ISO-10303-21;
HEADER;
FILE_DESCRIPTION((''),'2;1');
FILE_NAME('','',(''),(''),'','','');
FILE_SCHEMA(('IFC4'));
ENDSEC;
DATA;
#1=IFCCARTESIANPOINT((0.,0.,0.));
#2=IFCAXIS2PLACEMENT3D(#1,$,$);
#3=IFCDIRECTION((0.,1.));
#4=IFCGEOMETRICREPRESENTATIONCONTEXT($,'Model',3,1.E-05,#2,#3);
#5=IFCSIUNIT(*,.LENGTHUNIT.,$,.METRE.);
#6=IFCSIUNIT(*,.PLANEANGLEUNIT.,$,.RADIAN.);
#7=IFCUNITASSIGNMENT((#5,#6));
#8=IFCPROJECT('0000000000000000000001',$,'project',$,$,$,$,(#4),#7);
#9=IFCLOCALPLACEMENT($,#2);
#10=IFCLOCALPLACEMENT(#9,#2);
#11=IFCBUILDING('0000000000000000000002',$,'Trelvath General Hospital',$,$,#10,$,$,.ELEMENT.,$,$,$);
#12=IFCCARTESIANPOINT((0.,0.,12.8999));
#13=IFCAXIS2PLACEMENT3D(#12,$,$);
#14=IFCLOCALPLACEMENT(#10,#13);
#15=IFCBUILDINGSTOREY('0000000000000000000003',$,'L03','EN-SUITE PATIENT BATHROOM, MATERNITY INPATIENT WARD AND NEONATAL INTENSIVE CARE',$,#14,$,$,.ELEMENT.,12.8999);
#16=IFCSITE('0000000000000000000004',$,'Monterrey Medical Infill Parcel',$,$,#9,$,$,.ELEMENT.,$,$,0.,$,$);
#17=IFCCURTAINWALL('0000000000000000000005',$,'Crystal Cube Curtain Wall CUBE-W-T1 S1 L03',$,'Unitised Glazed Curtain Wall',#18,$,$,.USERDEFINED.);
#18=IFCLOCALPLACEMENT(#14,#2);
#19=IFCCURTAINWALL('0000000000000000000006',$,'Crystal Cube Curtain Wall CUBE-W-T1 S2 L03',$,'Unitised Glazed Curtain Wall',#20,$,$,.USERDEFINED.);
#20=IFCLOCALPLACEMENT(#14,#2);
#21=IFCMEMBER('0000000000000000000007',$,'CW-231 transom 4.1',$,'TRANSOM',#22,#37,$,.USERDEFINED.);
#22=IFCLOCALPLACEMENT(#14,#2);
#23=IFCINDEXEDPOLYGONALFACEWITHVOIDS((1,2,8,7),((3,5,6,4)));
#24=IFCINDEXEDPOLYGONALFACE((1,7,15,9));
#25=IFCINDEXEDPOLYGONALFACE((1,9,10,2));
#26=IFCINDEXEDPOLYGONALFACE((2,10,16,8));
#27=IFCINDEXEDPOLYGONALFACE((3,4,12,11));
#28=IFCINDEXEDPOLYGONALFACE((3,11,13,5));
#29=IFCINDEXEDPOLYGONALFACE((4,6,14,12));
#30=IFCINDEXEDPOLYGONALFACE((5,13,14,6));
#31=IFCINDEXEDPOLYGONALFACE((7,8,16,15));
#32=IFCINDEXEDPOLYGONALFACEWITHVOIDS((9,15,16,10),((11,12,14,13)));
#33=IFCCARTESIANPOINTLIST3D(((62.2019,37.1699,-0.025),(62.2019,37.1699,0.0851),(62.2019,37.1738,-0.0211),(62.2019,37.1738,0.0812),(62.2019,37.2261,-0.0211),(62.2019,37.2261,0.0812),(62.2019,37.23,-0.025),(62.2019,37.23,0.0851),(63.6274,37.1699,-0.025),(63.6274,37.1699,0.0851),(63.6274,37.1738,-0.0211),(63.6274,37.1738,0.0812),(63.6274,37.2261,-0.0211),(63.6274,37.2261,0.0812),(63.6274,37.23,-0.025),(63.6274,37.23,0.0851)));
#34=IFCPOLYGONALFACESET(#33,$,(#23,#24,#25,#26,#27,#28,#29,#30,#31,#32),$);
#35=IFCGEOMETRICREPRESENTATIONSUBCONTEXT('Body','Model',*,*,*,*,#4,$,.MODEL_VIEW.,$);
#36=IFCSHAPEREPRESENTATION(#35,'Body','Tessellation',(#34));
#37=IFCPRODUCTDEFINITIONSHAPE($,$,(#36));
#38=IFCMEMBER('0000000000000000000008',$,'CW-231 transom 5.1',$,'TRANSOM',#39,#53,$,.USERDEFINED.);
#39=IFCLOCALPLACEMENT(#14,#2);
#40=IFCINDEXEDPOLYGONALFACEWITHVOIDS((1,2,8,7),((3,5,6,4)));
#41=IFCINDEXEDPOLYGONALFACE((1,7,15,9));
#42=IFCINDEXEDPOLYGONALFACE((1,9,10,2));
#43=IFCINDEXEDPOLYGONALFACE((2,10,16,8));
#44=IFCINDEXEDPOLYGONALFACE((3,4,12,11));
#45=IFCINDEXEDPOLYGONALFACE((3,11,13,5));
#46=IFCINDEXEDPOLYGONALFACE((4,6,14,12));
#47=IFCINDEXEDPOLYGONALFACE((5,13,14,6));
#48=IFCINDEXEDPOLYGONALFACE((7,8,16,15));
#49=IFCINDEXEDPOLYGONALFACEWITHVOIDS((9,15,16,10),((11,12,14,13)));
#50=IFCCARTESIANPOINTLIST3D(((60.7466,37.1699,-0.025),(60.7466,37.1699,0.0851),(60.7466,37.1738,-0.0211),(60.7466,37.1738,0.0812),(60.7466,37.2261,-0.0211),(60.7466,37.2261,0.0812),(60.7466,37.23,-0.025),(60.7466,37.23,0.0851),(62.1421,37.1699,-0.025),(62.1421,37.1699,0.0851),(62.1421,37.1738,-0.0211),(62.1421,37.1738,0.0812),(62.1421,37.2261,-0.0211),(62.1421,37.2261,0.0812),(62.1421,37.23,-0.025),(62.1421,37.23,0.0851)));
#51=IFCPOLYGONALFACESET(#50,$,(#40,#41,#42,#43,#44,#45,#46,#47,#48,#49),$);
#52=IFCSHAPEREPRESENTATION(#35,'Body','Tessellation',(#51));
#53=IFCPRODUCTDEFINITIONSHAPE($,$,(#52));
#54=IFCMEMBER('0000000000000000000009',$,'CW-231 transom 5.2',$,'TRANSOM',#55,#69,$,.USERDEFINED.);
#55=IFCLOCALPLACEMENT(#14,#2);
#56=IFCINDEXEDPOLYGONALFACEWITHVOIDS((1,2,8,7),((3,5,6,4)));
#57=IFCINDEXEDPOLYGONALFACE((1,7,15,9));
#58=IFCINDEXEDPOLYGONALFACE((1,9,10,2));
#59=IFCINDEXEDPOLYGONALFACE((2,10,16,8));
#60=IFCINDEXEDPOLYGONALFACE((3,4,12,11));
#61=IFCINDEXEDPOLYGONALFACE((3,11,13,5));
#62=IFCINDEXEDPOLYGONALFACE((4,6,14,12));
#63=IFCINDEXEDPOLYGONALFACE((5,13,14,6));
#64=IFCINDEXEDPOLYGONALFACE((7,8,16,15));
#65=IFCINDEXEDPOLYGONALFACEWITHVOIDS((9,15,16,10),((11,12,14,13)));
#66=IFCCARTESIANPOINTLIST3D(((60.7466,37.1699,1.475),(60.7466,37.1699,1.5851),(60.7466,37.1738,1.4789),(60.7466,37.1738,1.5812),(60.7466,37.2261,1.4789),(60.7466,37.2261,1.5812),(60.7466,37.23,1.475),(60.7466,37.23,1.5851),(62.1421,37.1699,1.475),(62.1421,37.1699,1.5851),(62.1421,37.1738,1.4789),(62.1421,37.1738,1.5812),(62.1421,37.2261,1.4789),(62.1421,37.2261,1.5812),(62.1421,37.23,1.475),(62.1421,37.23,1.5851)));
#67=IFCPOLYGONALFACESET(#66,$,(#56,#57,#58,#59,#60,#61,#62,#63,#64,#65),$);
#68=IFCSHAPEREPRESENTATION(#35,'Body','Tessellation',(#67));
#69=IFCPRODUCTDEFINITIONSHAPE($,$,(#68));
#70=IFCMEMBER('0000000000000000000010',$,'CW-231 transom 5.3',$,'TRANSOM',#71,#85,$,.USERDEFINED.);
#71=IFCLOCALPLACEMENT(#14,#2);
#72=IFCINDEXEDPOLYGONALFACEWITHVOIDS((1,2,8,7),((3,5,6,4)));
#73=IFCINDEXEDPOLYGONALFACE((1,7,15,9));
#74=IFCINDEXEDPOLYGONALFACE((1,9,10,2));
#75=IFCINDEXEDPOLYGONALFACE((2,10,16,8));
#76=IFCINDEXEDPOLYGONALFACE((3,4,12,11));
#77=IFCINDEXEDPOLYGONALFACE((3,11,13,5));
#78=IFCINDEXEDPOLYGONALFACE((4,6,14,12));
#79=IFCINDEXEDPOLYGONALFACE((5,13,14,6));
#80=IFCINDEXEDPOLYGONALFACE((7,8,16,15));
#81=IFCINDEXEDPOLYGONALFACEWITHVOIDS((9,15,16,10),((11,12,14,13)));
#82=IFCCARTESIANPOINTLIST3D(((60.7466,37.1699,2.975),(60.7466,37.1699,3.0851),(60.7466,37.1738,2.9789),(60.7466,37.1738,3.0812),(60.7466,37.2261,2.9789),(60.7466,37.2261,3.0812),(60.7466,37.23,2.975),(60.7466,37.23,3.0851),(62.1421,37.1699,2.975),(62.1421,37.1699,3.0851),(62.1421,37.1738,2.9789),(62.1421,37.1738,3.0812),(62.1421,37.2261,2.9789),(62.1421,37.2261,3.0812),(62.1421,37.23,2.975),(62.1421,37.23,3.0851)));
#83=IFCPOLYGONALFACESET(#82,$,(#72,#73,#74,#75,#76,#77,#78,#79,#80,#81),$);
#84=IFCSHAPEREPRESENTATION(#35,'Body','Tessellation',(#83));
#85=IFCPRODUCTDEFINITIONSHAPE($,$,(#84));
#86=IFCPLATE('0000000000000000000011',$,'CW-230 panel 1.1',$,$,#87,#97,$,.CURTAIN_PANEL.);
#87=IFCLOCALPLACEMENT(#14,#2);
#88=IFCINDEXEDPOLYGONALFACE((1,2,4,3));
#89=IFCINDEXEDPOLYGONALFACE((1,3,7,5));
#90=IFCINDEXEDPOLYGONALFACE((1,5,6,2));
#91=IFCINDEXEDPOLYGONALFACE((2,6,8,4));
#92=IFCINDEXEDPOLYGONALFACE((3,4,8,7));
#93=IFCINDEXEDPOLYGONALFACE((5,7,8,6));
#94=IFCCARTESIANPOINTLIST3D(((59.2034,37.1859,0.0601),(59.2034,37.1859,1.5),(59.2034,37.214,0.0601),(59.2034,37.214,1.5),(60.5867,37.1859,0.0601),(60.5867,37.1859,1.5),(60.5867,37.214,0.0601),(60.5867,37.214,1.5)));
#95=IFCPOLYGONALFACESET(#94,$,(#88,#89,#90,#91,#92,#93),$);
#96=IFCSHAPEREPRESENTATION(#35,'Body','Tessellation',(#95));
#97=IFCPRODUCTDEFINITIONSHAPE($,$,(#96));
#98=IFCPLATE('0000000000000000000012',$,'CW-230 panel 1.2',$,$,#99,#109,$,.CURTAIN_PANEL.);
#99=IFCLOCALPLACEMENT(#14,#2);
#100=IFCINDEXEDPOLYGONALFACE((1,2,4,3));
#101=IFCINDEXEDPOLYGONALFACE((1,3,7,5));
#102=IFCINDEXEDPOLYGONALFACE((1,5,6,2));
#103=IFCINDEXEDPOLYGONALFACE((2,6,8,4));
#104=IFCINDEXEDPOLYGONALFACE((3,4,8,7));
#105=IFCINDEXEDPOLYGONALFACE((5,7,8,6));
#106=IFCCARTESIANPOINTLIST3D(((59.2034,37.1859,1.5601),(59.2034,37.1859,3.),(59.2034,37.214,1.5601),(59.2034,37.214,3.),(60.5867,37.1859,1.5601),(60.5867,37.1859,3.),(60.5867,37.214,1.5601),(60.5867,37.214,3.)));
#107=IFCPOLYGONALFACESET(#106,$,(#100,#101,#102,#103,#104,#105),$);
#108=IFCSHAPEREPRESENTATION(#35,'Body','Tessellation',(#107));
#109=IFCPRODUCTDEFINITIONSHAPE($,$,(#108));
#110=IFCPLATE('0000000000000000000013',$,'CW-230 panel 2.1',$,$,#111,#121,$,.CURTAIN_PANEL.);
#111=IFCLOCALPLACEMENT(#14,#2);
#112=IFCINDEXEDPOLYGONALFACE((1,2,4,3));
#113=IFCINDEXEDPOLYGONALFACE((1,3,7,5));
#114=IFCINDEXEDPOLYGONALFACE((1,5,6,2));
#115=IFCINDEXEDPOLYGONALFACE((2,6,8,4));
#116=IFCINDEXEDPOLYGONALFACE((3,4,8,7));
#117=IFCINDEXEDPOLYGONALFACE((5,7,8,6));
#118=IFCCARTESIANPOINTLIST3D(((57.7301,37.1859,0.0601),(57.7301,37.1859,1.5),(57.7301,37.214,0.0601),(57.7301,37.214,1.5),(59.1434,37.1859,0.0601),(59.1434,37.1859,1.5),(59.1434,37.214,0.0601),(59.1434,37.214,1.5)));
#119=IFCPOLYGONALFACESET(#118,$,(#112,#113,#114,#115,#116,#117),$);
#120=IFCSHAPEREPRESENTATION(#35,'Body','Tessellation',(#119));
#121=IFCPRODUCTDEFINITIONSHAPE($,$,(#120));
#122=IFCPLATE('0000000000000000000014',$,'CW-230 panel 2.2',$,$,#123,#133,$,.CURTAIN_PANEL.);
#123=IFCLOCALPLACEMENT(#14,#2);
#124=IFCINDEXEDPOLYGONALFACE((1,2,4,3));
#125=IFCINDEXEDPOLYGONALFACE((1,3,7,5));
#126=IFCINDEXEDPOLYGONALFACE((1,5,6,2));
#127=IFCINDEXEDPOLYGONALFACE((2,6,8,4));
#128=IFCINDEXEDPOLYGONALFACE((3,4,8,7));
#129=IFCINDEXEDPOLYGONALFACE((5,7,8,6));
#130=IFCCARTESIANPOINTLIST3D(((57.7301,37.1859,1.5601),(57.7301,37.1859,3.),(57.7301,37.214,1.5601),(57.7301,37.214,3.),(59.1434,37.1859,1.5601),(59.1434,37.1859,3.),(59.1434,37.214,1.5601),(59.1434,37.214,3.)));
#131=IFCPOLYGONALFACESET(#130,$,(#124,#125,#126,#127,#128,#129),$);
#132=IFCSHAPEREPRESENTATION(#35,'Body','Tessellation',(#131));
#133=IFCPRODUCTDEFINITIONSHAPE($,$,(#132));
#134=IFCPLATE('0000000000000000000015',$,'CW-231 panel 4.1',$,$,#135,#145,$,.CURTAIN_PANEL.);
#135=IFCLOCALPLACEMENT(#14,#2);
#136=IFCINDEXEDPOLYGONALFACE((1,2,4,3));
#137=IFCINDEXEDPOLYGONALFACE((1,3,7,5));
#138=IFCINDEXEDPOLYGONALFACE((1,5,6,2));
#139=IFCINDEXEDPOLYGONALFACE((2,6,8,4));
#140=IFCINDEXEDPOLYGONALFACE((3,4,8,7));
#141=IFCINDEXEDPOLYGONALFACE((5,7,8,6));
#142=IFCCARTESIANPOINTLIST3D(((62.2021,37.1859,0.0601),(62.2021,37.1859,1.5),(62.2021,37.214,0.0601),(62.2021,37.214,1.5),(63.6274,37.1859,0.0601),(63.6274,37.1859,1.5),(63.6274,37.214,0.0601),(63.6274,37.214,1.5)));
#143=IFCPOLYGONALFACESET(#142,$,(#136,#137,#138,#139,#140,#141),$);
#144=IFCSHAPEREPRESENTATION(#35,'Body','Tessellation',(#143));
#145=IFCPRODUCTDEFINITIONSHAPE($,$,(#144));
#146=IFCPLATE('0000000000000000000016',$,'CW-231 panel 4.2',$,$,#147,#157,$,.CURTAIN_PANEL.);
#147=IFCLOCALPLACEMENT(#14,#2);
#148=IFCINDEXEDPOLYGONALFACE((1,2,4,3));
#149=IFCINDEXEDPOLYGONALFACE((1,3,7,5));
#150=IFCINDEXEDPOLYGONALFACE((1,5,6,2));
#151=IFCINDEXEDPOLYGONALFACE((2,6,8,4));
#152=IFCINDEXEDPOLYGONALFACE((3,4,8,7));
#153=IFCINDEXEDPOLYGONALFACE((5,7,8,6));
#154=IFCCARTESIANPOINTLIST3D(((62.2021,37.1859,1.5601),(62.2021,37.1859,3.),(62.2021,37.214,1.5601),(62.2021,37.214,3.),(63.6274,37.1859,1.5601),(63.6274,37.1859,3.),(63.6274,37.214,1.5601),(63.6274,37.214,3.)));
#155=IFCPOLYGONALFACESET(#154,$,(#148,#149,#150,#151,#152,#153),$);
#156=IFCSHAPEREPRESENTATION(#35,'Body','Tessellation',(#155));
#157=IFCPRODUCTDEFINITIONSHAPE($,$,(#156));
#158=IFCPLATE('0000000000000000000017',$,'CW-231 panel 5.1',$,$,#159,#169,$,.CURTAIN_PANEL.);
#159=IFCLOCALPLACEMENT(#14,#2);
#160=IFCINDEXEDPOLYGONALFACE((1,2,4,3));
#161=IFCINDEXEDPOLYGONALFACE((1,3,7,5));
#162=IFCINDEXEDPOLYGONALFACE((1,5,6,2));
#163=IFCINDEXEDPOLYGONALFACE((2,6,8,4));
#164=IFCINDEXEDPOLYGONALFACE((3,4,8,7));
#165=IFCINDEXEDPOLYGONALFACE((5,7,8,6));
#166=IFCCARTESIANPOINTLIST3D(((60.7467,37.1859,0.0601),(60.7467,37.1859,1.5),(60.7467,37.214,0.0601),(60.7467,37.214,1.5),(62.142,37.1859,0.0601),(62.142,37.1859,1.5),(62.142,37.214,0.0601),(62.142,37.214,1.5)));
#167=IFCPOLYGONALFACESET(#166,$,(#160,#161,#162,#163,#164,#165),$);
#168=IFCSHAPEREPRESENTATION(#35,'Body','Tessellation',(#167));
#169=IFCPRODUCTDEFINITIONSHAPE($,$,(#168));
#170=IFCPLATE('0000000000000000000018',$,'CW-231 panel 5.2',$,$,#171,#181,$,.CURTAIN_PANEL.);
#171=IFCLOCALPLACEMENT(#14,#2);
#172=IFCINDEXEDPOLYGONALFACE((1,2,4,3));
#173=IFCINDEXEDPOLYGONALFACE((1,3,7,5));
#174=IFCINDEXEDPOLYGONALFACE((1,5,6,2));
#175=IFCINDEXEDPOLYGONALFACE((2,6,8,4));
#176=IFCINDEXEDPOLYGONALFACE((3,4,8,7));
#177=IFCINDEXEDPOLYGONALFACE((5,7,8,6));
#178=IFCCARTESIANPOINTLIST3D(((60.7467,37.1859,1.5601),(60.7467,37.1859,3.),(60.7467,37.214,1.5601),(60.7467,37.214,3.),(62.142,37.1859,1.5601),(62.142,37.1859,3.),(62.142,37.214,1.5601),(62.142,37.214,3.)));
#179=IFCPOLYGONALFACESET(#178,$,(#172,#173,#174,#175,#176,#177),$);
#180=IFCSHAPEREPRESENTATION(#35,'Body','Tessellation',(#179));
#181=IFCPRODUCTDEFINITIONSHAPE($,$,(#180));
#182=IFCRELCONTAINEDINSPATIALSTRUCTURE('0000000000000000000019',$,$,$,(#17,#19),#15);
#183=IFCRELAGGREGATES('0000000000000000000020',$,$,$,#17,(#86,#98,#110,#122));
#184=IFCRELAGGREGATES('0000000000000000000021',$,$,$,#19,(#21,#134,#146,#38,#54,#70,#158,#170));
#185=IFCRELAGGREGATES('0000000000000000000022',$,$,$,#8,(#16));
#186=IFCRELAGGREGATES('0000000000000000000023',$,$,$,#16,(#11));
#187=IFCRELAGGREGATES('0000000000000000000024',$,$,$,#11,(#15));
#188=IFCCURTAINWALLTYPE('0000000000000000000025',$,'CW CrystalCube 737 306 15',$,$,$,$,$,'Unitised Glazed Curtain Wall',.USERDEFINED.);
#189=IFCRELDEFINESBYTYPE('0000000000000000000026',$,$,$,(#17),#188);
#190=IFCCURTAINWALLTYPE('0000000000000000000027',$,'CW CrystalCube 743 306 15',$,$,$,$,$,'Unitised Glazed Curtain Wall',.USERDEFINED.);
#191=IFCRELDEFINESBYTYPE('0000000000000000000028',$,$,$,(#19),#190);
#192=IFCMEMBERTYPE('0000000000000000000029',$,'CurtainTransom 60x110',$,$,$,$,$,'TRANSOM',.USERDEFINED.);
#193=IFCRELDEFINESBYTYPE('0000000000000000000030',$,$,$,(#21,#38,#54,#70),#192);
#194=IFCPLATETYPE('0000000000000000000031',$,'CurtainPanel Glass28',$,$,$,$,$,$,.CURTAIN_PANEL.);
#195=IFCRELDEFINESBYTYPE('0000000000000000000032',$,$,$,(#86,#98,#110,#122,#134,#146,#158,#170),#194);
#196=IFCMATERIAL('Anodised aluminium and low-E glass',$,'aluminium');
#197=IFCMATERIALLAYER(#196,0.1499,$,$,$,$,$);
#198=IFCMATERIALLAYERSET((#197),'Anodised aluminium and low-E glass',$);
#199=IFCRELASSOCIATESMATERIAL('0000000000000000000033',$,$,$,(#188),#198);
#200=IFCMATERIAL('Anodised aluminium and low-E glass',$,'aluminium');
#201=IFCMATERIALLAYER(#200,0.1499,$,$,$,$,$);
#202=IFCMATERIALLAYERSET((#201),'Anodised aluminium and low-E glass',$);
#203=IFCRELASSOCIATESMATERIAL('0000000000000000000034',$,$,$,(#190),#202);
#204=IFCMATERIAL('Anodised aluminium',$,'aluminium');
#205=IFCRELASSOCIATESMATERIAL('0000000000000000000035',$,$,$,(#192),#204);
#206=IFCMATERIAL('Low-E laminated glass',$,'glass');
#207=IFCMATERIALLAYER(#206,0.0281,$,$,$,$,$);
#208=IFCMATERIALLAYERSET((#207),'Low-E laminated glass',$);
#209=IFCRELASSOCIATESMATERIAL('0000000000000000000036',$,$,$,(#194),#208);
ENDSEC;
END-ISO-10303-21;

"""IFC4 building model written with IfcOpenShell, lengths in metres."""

from ifc_helpers import new_model, si_unit, direction, frame, origin, origin_2d, place, context, subcontext, project, spatial, rectangle, hollow_rectangle, extrude, material, layer, layer_set, material_profile, profile_set, type_object, element, aggregate, save


model = new_model("IFC4")

# Units and contexts
model_context = context("Model", 3, precision=1e-05, world=origin(), true_north=direction((0.0, 1.0)))
body_context = subcontext(model_context, "Body", "Model", "MODEL_VIEW")
ifc_project = project(units=[si_unit("LENGTHUNIT", "METRE"), si_unit("PLANEANGLEUNIT", "RADIAN")], contexts=[model_context])

# Site, building, storey
site_placement = place(None, origin())
site = spatial("IfcSite", under=ifc_project, at=site_placement, Name="Monterrey Medical Infill Parcel", CompositionType="ELEMENT", RefElevation=0.0)
building_placement = place(site_placement, origin())
building = spatial("IfcBuilding", under=site, at=building_placement, Name="Trelvath General Hospital", CompositionType="ELEMENT")
storey_placement = place(building_placement, frame((0.0, 0.0, 12.8999)))
storey = spatial("IfcBuildingStorey", under=building, at=storey_placement, Name="L03", Description="EN-SUITE PATIENT BATHROOM, MATERNITY INPATIENT WARD AND NEONATAL INTENSIVE CARE", CompositionType="ELEMENT", Elevation=12.8999)

# Curtain walls
ifc_material_1 = material(Name="Anodised aluminium and low-E glass", Category="aluminium")
ifc_layer_1 = layer(ifc_material_1, 0.1499)
ifc_layer_set_1 = layer_set([ifc_layer_1], Name="Anodised aluminium and low-E glass")
curtain_wall_type_1 = type_object("IfcCurtainWallType", Name="CW CrystalCube 737 306 15", ElementType="Unitised Glazed Curtain Wall", PredefinedType="USERDEFINED", material=ifc_layer_set_1)
curtain_wall_1_placement = place(storey_placement, origin())
curtain_wall_1 = element("IfcCurtainWall", 1, at=curtain_wall_1_placement, inside=storey, type_object=curtain_wall_type_1, Name="Crystal Cube Curtain Wall CUBE-W-T1 S1 L03", ObjectType="Unitised Glazed Curtain Wall", PredefinedType="USERDEFINED")
ifc_material_2 = material(Name="Anodised aluminium and low-E glass", Category="aluminium")
ifc_layer_2 = layer(ifc_material_2, 0.1499)
ifc_layer_set_2 = layer_set([ifc_layer_2], Name="Anodised aluminium and low-E glass")
curtain_wall_type_2 = type_object("IfcCurtainWallType", Name="CW CrystalCube 743 306 15", ElementType="Unitised Glazed Curtain Wall", PredefinedType="USERDEFINED", material=ifc_layer_set_2)
curtain_wall_2_placement = place(storey_placement, origin())
curtain_wall_2 = element("IfcCurtainWall", 2, at=curtain_wall_2_placement, inside=storey, type_object=curtain_wall_type_2, Name="Crystal Cube Curtain Wall CUBE-W-T1 S2 L03", ObjectType="Unitised Glazed Curtain Wall", PredefinedType="USERDEFINED")

# Members
ifc_material_3 = material(Name="Anodised aluminium", Category="aluminium")
ifc_material_profile_1 = material_profile(ifc_material_3, hollow_rectangle(XDim=0.0601, YDim=0.1101, WallThickness=0.0039, at=origin_2d()), Name="RHS60x110x4")
ifc_profile_set_1 = profile_set([ifc_material_profile_1], Name="Anodised aluminium")
member_type_1 = type_object("IfcMemberType", Name="CurtainTransom 60x110", ElementType="TRANSOM", PredefinedType="USERDEFINED", material=ifc_profile_set_1)
member_1_placement = place(storey_placement, frame((63.6274, 37.2, 0.03), z_axis=(-1.0, 0.0, 0.0), x_axis=(0.0, -1.0, 0.0)))
member_1 = element("IfcMember", 3, at=member_1_placement, type_object=member_type_1, Name="CW-231 transom 4.1", ObjectType="TRANSOM", PredefinedType="USERDEFINED", context=body_context, shape_type="SweptSolid", body=[
    extrude(hollow_rectangle(XDim=0.0601, YDim=0.1101, WallThickness=0.0039, at=origin_2d()), origin(), (0.0, 0.0, 1.0), 1.4255),
])
member_2_placement = place(storey_placement, frame((62.1421, 37.2, 0.03), z_axis=(-1.0, 0.0, 0.0), x_axis=(0.0, -1.0, 0.0)))
member_2 = element("IfcMember", 4, at=member_2_placement, type_object=member_type_1, Name="CW-231 transom 5.1", ObjectType="TRANSOM", PredefinedType="USERDEFINED", context=body_context, shape_type="SweptSolid", body=[
    extrude(hollow_rectangle(XDim=0.0601, YDim=0.1101, WallThickness=0.0039, at=origin_2d()), origin(), (0.0, 0.0, 1.0), 1.3955),
])
member_3_placement = place(storey_placement, frame((62.1421, 37.2, 1.53), z_axis=(-1.0, 0.0, 0.0), x_axis=(0.0, -1.0, 0.0)))
member_3 = element("IfcMember", 5, at=member_3_placement, type_object=member_type_1, Name="CW-231 transom 5.2", ObjectType="TRANSOM", PredefinedType="USERDEFINED", context=body_context, shape_type="SweptSolid", body=[
    extrude(hollow_rectangle(XDim=0.0601, YDim=0.1101, WallThickness=0.0039, at=origin_2d()), origin(), (0.0, 0.0, 1.0), 1.3955),
])
member_4_placement = place(storey_placement, frame((62.1421, 37.2, 3.03), z_axis=(-1.0, 0.0, 0.0), x_axis=(0.0, -1.0, 0.0)))
member_4 = element("IfcMember", 6, at=member_4_placement, type_object=member_type_1, Name="CW-231 transom 5.3", ObjectType="TRANSOM", PredefinedType="USERDEFINED", context=body_context, shape_type="SweptSolid", body=[
    extrude(hollow_rectangle(XDim=0.0601, YDim=0.1101, WallThickness=0.0039, at=origin_2d()), origin(), (0.0, 0.0, 1.0), 1.3955),
])

# Plates
ifc_material_4 = material(Name="Low-E laminated glass", Category="glass")
ifc_layer_3 = layer(ifc_material_4, 0.0281)
ifc_layer_set_3 = layer_set([ifc_layer_3], Name="Low-E laminated glass")
plate_type = type_object("IfcPlateType", Name="CurtainPanel Glass28", PredefinedType="CURTAIN_PANEL", material=ifc_layer_set_3)
plate_1_placement = place(storey_placement, frame((59.895, 37.2, 0.0601), z_axis=(0.0, 0.0, 1.0), x_axis=(-1.0, 0.0, 0.0)))
plate_1 = element("IfcPlate", 7, at=plate_1_placement, type_object=plate_type, Name="CW-230 panel 1.1", PredefinedType="CURTAIN_PANEL", context=body_context, shape_type="SweptSolid", body=[
    extrude(rectangle(XDim=1.3833, YDim=0.0281, at=origin_2d()), origin(), (0.0, 0.0, 1.0), 1.4399),
])
plate_2_placement = place(storey_placement, frame((59.895, 37.2, 1.5601), z_axis=(0.0, 0.0, 1.0), x_axis=(-1.0, 0.0, 0.0)))
plate_2 = element("IfcPlate", 8, at=plate_2_placement, type_object=plate_type, Name="CW-230 panel 1.2", PredefinedType="CURTAIN_PANEL", context=body_context, shape_type="SweptSolid", body=[
    extrude(rectangle(XDim=1.3833, YDim=0.0281, at=origin_2d()), origin(), (0.0, 0.0, 1.0), 1.4399),
])
plate_3_placement = place(storey_placement, frame((58.4368, 37.2, 0.0601), z_axis=(0.0, 0.0, 1.0), x_axis=(-1.0, 0.0, 0.0)))
plate_3 = element("IfcPlate", 9, at=plate_3_placement, type_object=plate_type, Name="CW-230 panel 2.1", PredefinedType="CURTAIN_PANEL", context=body_context, shape_type="SweptSolid", body=[
    extrude(rectangle(XDim=1.4133, YDim=0.0281, at=origin_2d()), origin(), (0.0, 0.0, 1.0), 1.4399),
])
plate_4_placement = place(storey_placement, frame((58.4368, 37.2, 1.5601), z_axis=(0.0, 0.0, 1.0), x_axis=(-1.0, 0.0, 0.0)))
plate_4 = element("IfcPlate", 10, at=plate_4_placement, type_object=plate_type, Name="CW-230 panel 2.2", PredefinedType="CURTAIN_PANEL", context=body_context, shape_type="SweptSolid", body=[
    extrude(rectangle(XDim=1.4133, YDim=0.0281, at=origin_2d()), origin(), (0.0, 0.0, 1.0), 1.4399),
])
aggregate(curtain_wall_1, [plate_1, plate_2, plate_3, plate_4])
plate_5_placement = place(storey_placement, frame((62.9148, 37.2, 0.0601), z_axis=(0.0, 0.0, 1.0), x_axis=(-1.0, 0.0, 0.0)))
plate_5 = element("IfcPlate", 11, at=plate_5_placement, type_object=plate_type, Name="CW-231 panel 4.1", PredefinedType="CURTAIN_PANEL", context=body_context, shape_type="SweptSolid", body=[
    extrude(rectangle(XDim=1.4253, YDim=0.0281, at=origin_2d()), origin(), (0.0, 0.0, 1.0), 1.4399),
])
plate_6_placement = place(storey_placement, frame((62.9148, 37.2, 1.5601), z_axis=(0.0, 0.0, 1.0), x_axis=(-1.0, 0.0, 0.0)))
plate_6 = element("IfcPlate", 12, at=plate_6_placement, type_object=plate_type, Name="CW-231 panel 4.2", PredefinedType="CURTAIN_PANEL", context=body_context, shape_type="SweptSolid", body=[
    extrude(rectangle(XDim=1.4253, YDim=0.0281, at=origin_2d()), origin(), (0.0, 0.0, 1.0), 1.4399),
])
plate_7_placement = place(storey_placement, frame((61.4443, 37.2, 0.0601), z_axis=(0.0, 0.0, 1.0), x_axis=(-1.0, 0.0, 0.0)))
plate_7 = element("IfcPlate", 13, at=plate_7_placement, type_object=plate_type, Name="CW-231 panel 5.1", PredefinedType="CURTAIN_PANEL", context=body_context, shape_type="SweptSolid", body=[
    extrude(rectangle(XDim=1.3953, YDim=0.0281, at=origin_2d()), origin(), (0.0, 0.0, 1.0), 1.4399),
])
plate_8_placement = place(storey_placement, frame((61.4443, 37.2, 1.5601), z_axis=(0.0, 0.0, 1.0), x_axis=(-1.0, 0.0, 0.0)))
plate_8 = element("IfcPlate", 14, at=plate_8_placement, type_object=plate_type, Name="CW-231 panel 5.2", PredefinedType="CURTAIN_PANEL", context=body_context, shape_type="SweptSolid", body=[
    extrude(rectangle(XDim=1.3953, YDim=0.0281, at=origin_2d()), origin(), (0.0, 0.0, 1.0), 1.4399),
])
aggregate(curtain_wall_2, [member_1, plate_5, plate_6, member_2, member_3, member_4, plate_7, plate_8])

save(model, "model.ifc")
